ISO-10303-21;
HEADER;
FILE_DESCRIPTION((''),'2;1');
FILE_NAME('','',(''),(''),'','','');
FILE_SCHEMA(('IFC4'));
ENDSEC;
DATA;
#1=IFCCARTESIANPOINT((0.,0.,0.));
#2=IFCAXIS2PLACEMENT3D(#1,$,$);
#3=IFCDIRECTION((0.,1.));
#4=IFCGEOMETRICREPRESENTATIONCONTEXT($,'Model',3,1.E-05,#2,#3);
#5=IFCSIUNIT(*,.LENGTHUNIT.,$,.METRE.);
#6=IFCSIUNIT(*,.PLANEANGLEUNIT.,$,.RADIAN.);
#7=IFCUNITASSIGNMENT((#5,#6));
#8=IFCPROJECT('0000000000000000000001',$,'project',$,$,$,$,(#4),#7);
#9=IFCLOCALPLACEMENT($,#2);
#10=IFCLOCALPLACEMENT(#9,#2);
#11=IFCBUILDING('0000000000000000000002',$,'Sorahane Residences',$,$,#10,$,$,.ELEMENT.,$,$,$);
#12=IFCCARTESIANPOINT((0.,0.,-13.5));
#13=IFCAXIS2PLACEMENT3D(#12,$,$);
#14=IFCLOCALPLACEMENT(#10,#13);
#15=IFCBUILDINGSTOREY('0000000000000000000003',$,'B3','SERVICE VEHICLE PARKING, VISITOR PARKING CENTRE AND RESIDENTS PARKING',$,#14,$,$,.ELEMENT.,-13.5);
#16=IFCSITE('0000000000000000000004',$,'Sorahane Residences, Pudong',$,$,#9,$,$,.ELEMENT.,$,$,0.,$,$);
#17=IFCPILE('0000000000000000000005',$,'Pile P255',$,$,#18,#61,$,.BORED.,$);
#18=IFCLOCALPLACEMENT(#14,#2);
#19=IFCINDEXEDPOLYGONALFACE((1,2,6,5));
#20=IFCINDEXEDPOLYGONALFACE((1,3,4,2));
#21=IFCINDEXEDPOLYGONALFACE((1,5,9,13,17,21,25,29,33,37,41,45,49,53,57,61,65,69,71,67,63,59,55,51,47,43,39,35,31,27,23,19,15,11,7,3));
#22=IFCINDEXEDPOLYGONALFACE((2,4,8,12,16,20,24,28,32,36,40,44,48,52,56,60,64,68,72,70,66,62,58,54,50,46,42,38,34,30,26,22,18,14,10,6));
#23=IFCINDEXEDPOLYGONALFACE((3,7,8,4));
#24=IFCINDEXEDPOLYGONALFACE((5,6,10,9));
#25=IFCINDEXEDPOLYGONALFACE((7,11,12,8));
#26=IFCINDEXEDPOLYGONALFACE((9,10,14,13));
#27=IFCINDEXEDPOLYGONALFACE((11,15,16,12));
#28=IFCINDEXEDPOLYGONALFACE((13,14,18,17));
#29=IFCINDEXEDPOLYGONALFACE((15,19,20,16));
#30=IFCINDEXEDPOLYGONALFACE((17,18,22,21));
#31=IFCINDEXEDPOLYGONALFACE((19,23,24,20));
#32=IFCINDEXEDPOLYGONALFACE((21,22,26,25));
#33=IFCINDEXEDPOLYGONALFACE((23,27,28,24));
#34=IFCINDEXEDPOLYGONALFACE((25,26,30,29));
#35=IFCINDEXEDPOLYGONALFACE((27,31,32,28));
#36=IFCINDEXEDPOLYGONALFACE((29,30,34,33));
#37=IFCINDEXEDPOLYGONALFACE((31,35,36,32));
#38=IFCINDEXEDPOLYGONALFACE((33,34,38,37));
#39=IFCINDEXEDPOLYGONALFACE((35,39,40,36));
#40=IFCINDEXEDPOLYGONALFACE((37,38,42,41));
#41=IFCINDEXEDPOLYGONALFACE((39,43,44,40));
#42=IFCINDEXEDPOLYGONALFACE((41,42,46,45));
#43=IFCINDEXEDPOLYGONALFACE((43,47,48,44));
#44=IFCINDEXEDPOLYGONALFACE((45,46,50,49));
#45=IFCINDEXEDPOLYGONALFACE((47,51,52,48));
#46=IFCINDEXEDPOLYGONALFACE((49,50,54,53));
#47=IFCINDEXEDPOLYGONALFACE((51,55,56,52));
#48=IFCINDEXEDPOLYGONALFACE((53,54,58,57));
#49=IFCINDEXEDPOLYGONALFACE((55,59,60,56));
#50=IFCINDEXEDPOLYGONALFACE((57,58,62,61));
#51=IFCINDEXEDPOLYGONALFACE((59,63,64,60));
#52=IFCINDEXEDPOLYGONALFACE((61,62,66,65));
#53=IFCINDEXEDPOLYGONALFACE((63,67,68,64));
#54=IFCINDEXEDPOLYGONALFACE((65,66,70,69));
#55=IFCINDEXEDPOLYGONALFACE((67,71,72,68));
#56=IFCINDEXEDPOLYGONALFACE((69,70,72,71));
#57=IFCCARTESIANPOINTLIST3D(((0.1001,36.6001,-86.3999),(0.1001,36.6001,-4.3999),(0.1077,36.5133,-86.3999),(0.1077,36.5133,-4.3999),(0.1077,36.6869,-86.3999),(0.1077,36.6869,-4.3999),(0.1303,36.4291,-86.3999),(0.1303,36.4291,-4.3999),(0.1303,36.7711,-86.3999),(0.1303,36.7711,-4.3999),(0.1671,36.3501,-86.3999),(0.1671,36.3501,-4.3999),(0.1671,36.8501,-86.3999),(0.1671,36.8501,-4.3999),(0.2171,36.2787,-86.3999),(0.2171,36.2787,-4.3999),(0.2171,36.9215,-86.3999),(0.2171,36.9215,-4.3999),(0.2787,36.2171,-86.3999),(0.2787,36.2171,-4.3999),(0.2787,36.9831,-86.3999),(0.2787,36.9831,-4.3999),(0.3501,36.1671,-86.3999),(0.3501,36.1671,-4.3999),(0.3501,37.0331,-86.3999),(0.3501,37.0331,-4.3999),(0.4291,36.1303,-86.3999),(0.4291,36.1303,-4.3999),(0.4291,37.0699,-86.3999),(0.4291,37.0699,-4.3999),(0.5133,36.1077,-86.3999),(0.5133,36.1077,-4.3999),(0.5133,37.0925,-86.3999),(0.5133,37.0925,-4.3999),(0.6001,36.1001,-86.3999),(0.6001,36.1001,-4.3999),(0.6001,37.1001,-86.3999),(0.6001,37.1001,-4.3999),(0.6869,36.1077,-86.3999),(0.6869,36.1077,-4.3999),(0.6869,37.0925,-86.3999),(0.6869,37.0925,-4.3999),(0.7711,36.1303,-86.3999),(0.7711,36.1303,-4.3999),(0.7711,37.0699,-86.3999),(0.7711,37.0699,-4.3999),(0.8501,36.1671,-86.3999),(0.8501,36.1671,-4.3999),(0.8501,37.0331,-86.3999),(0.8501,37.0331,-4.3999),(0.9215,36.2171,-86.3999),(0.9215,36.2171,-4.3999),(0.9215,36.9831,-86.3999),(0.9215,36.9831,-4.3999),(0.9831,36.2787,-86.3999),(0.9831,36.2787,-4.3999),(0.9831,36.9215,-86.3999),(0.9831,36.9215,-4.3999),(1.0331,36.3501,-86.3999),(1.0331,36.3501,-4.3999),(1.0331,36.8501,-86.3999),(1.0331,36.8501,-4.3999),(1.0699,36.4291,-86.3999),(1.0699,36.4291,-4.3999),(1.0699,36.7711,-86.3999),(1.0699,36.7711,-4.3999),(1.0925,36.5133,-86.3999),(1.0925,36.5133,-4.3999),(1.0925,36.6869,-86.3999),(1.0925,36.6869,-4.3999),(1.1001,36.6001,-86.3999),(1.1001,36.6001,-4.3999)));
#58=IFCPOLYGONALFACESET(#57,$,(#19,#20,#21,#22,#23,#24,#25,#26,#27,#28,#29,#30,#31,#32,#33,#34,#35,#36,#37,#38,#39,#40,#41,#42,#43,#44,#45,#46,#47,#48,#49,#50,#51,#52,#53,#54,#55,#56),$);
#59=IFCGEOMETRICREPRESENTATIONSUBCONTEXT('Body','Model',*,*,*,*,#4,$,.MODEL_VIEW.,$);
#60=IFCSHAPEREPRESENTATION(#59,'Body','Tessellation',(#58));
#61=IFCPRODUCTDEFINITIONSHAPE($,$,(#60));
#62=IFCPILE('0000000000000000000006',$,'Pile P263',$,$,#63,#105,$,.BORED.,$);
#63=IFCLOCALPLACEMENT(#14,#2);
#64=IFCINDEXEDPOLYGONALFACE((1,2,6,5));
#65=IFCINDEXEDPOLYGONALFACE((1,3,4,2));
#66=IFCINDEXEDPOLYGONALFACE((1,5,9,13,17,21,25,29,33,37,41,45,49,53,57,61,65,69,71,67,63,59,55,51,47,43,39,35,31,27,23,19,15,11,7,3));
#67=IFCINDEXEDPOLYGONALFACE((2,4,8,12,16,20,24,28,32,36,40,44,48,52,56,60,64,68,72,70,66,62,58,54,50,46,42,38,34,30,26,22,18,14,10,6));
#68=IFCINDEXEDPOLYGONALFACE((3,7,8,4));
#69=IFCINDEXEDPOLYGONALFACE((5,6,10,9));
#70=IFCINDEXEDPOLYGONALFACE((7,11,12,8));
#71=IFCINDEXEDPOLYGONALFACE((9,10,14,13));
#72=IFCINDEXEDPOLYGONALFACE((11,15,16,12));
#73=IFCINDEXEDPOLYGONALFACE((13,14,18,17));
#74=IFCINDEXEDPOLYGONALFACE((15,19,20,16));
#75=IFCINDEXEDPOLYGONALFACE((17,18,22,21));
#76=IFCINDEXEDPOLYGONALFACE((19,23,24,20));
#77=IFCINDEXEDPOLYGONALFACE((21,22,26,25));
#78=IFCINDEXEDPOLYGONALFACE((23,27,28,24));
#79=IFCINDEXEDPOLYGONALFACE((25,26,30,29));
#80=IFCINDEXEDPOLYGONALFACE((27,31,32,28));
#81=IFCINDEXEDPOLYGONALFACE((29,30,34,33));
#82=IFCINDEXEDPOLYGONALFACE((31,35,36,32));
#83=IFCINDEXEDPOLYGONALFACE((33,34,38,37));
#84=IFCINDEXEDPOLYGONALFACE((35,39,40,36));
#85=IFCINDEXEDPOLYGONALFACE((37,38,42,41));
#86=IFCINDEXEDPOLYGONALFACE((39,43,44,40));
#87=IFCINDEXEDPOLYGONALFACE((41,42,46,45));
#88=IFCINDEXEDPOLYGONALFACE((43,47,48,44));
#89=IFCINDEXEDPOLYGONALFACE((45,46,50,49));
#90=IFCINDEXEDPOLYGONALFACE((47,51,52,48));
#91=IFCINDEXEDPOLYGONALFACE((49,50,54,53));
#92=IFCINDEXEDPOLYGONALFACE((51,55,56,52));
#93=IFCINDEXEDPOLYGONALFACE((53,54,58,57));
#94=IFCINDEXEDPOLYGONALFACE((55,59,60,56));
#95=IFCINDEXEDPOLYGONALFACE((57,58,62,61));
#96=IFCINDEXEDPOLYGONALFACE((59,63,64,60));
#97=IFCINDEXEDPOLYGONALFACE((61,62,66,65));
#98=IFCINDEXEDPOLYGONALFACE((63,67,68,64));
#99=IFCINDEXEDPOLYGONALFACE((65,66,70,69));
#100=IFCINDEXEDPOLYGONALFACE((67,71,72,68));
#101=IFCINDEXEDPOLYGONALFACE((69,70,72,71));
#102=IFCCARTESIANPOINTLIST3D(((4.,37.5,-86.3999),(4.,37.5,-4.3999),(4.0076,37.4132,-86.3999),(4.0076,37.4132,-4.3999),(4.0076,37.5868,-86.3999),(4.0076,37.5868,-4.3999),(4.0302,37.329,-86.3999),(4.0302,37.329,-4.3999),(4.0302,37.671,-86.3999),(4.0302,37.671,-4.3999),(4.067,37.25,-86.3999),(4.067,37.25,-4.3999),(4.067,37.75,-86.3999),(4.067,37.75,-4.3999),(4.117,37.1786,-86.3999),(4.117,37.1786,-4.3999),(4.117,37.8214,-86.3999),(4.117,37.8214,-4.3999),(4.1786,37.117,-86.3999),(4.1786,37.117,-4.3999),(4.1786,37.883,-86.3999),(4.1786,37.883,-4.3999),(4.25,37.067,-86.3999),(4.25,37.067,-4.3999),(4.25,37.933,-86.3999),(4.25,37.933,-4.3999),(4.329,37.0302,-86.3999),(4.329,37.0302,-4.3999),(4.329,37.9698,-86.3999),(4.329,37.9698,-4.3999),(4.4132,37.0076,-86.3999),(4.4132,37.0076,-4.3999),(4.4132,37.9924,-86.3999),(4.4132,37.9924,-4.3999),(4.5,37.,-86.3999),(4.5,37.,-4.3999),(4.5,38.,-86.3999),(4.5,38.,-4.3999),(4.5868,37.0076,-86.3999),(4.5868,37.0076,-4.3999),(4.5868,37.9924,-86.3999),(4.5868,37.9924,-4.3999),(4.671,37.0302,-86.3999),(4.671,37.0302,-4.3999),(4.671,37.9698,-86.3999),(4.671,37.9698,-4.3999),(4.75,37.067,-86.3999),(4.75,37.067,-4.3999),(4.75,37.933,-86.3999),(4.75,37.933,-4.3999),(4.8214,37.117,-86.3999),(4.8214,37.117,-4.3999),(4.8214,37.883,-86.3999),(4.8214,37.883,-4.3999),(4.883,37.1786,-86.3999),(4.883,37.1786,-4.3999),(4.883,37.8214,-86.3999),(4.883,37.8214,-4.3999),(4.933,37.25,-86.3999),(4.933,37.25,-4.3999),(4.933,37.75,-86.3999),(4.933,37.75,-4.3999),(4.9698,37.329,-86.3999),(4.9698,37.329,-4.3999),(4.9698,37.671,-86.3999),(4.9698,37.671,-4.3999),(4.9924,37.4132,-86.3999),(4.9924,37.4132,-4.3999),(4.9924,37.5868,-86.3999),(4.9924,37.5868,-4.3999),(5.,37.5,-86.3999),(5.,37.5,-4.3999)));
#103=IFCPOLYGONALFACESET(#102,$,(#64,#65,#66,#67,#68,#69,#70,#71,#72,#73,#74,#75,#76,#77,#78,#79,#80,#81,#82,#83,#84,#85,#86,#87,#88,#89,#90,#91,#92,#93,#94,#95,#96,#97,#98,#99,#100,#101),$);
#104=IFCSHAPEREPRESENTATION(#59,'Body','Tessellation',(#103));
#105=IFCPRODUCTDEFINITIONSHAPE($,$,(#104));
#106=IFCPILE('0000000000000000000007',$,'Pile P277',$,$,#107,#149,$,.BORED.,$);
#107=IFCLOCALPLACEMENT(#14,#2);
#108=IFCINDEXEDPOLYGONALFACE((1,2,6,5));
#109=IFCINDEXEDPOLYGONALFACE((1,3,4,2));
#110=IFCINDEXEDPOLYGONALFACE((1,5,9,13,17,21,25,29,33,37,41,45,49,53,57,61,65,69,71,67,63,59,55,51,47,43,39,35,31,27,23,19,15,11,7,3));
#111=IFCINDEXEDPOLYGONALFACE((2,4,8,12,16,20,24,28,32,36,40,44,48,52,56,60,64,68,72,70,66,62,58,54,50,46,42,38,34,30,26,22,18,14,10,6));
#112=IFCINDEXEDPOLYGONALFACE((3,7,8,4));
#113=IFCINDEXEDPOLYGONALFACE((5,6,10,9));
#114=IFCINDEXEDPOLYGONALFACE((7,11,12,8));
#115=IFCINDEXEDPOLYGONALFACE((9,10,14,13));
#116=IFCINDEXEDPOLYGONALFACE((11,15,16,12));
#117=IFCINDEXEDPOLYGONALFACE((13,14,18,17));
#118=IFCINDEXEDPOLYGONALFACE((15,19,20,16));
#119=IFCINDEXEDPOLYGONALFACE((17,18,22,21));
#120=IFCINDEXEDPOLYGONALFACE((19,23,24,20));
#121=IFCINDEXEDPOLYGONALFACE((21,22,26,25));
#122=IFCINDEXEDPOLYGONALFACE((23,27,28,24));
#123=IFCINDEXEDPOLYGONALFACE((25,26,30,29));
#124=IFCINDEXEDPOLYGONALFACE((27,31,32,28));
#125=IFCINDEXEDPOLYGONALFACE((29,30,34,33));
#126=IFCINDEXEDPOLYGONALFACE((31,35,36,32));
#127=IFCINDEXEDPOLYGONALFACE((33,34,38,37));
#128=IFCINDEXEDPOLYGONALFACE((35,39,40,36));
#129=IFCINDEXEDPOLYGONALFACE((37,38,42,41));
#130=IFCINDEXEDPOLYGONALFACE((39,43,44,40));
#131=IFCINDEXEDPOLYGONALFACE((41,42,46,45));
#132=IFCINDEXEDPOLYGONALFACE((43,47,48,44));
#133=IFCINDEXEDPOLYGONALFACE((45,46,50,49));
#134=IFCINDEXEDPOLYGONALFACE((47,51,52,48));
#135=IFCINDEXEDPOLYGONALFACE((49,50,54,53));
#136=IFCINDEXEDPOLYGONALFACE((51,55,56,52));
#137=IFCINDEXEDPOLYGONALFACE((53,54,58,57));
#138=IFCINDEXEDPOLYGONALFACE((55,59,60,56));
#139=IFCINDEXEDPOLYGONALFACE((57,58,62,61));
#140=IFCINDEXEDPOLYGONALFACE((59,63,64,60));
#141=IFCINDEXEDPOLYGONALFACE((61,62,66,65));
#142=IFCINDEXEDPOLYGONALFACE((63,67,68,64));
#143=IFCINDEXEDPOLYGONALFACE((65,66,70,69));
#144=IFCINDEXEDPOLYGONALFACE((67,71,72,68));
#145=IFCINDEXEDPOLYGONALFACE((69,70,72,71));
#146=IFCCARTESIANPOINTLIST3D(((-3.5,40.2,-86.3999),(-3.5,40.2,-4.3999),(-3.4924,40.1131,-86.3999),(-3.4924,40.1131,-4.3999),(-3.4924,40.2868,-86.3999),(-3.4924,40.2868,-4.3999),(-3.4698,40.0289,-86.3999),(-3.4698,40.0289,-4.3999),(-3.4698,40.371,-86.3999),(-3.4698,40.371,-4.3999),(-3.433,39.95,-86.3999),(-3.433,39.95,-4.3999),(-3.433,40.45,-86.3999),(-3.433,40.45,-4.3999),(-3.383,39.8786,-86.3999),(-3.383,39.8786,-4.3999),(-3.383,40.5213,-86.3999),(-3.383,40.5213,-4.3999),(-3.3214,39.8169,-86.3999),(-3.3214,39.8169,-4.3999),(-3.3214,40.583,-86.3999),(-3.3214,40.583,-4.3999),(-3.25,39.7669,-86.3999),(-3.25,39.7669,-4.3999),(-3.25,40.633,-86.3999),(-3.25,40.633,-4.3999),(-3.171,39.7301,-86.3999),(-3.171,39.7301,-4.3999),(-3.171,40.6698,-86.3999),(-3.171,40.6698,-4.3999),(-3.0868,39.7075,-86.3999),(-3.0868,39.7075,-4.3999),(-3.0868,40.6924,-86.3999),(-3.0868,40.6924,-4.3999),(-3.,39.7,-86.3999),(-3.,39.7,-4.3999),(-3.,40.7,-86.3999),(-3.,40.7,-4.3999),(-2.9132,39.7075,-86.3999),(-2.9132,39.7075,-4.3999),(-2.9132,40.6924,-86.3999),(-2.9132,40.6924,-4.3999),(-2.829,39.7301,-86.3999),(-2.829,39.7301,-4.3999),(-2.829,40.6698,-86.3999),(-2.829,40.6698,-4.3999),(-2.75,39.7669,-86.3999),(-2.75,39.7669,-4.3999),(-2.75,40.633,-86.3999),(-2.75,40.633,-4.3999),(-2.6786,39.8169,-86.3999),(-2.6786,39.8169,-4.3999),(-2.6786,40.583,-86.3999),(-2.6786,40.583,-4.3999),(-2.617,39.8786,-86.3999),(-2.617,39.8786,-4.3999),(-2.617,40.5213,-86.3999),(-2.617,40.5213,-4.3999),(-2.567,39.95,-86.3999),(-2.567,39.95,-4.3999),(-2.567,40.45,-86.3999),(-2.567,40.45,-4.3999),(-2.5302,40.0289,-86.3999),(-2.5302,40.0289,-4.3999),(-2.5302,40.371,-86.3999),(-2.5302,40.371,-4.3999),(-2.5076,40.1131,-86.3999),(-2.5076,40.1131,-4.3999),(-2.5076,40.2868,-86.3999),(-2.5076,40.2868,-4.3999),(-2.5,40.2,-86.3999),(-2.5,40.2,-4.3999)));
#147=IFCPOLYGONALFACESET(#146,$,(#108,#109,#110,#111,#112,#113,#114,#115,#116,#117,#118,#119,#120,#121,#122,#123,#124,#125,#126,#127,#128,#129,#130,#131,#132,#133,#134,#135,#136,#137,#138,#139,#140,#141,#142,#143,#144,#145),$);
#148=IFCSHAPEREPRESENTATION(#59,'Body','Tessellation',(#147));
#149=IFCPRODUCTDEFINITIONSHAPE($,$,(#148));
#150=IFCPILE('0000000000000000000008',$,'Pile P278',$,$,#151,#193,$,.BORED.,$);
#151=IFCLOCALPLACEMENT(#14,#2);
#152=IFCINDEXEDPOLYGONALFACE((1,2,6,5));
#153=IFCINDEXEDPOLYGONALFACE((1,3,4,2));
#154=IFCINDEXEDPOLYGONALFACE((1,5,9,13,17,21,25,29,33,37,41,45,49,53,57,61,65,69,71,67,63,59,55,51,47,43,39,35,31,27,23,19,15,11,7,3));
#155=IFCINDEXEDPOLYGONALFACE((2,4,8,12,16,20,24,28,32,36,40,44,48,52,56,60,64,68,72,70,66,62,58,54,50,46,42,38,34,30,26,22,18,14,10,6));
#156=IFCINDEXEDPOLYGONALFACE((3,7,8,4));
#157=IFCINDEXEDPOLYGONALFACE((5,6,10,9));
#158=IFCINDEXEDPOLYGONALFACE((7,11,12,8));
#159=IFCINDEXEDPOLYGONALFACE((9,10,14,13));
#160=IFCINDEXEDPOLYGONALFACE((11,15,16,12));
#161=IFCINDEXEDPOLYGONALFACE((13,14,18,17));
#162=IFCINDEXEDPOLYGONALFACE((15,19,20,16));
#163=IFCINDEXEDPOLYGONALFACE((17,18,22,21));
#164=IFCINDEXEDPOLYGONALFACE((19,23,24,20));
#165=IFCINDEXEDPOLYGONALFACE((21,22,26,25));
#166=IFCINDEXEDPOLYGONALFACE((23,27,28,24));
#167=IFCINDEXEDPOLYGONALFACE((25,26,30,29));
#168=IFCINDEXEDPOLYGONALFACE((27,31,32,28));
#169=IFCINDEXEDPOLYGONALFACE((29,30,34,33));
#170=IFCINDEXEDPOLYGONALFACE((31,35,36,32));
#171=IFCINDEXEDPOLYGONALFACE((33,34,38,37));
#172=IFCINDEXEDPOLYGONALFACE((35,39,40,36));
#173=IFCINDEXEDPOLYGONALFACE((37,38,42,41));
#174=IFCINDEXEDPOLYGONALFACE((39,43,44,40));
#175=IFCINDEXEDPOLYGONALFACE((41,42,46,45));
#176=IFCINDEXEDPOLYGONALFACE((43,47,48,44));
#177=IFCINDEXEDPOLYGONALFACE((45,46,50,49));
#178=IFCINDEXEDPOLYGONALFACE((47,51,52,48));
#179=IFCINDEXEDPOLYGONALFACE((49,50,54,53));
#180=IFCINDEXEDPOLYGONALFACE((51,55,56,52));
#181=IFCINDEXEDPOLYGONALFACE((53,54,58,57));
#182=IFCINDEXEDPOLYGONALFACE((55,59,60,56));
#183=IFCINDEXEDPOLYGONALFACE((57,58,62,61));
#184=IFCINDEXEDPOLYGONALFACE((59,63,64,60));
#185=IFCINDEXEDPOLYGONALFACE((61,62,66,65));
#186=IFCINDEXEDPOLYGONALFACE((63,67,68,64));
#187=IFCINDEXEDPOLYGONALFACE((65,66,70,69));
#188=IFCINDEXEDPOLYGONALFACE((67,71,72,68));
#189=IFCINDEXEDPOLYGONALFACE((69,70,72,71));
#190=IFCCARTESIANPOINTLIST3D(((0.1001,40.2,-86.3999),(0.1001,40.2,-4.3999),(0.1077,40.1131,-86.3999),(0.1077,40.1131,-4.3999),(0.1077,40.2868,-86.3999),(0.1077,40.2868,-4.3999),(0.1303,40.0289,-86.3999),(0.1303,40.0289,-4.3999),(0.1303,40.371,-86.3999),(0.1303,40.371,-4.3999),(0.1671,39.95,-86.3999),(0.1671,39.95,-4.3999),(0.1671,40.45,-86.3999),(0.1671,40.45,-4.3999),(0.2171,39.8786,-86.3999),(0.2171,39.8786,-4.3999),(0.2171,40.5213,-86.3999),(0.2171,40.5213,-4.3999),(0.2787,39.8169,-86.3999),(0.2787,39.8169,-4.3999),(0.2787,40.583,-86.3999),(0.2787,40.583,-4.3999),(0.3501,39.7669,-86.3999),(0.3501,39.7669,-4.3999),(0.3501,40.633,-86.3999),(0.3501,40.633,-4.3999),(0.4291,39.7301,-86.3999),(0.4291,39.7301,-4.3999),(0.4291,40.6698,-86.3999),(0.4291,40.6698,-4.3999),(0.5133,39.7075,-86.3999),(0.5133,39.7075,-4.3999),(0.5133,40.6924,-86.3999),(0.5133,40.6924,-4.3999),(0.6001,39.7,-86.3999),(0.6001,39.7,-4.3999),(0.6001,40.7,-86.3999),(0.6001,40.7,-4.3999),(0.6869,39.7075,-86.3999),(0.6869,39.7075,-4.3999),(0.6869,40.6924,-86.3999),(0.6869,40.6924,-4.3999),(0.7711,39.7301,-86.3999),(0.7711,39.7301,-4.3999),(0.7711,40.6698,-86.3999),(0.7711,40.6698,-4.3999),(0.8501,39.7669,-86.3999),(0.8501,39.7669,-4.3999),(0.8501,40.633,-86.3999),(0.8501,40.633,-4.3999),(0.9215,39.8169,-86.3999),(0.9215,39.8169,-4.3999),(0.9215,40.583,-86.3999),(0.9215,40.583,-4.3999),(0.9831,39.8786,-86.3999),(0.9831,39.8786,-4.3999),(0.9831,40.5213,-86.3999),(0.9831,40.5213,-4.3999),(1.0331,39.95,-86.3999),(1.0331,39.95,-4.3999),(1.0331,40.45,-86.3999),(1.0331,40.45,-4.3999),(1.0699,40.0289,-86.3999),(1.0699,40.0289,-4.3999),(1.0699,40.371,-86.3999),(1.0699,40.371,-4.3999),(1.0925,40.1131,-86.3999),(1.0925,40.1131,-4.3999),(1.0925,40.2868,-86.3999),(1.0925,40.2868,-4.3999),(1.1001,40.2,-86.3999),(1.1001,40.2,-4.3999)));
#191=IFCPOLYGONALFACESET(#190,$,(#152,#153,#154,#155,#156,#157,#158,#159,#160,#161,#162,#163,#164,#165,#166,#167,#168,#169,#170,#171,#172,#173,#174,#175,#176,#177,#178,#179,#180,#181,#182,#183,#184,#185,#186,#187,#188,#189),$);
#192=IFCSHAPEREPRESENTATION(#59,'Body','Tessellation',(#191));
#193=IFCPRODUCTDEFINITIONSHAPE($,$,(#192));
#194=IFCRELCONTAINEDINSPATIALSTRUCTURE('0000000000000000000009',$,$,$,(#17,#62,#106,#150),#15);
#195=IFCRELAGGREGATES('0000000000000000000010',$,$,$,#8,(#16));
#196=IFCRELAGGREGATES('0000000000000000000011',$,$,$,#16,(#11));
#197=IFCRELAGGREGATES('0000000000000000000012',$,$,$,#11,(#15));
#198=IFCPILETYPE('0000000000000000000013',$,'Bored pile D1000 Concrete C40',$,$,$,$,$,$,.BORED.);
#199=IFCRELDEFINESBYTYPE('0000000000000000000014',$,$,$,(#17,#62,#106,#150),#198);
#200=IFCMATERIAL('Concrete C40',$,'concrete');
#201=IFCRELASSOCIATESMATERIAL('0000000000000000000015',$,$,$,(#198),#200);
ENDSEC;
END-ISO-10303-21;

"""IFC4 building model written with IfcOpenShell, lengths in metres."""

from ifc_helpers import new_model, si_unit, direction, frame, origin, origin_2d, place, context, subcontext, project, spatial, circle, extrude, material, material_profile, profile_set, type_object, element, save


model = new_model("IFC4")

# Units and contexts
model_context = context("Model", 3, precision=1e-05, world=origin(), true_north=direction((0.0, 1.0)))
body_context = subcontext(model_context, "Body", "Model", "MODEL_VIEW")
ifc_project = project(units=[si_unit("LENGTHUNIT", "METRE"), si_unit("PLANEANGLEUNIT", "RADIAN")], contexts=[model_context])

# Site, building, storey
site_placement = place(None, origin())
site = spatial("IfcSite", under=ifc_project, at=site_placement, Name="Sorahane Residences, Pudong", CompositionType="ELEMENT", RefElevation=0.0)
building_placement = place(site_placement, origin())
building = spatial("IfcBuilding", under=site, at=building_placement, Name="Sorahane Residences", CompositionType="ELEMENT")
storey_placement = place(building_placement, frame((0.0, 0.0, -13.5)))
storey = spatial("IfcBuildingStorey", under=building, at=storey_placement, Name="B3", Description="SERVICE VEHICLE PARKING, VISITOR PARKING CENTRE AND RESIDENTS PARKING", CompositionType="ELEMENT", Elevation=-13.5)

# Piles
ifc_material_1 = material(Name="Concrete C40", Category="concrete")
ifc_material_profile_1 = material_profile(ifc_material_1, circle(Radius=0.5, at=origin_2d()), Name="D1000")
ifc_profile_set_1 = profile_set([ifc_material_profile_1], Name="Concrete C40")
pile_type = type_object("IfcPileType", Name="Bored pile D1000 Concrete C40", PredefinedType="BORED", material=ifc_profile_set_1)
for number, where, z_axis, x_axis, name in (
    (1, (0.6001, 36.6001, -4.3999), (0.0, 0.0, -1.0), (1.0, 0.0, 0.0), "Pile P255"),
    (2, (4.5, 37.5, -4.3999), (0.0, 0.0, -1.0), (1.0, 0.0, 0.0), "Pile P263"),
    (3, (-3.0, 40.2, -4.3999), (0.0, 0.0, -1.0), (1.0, 0.0, 0.0), "Pile P277"),
    (4, (0.6001, 40.2, -4.3999), (0.0, 0.0, -1.0), (1.0, 0.0, 0.0), "Pile P278"),
):
    element("IfcPile", number, at=place(storey_placement, frame(where, z_axis=z_axis, x_axis=x_axis)), inside=storey, type_object=pile_type, Name=name, PredefinedType="BORED", context=body_context, shape_type="SweptSolid", body=[
        extrude(circle(Radius=0.5, at=origin_2d()), origin(), (0.0, 0.0, 1.0), 82.0),
    ])

save(model, "model.ifc")
